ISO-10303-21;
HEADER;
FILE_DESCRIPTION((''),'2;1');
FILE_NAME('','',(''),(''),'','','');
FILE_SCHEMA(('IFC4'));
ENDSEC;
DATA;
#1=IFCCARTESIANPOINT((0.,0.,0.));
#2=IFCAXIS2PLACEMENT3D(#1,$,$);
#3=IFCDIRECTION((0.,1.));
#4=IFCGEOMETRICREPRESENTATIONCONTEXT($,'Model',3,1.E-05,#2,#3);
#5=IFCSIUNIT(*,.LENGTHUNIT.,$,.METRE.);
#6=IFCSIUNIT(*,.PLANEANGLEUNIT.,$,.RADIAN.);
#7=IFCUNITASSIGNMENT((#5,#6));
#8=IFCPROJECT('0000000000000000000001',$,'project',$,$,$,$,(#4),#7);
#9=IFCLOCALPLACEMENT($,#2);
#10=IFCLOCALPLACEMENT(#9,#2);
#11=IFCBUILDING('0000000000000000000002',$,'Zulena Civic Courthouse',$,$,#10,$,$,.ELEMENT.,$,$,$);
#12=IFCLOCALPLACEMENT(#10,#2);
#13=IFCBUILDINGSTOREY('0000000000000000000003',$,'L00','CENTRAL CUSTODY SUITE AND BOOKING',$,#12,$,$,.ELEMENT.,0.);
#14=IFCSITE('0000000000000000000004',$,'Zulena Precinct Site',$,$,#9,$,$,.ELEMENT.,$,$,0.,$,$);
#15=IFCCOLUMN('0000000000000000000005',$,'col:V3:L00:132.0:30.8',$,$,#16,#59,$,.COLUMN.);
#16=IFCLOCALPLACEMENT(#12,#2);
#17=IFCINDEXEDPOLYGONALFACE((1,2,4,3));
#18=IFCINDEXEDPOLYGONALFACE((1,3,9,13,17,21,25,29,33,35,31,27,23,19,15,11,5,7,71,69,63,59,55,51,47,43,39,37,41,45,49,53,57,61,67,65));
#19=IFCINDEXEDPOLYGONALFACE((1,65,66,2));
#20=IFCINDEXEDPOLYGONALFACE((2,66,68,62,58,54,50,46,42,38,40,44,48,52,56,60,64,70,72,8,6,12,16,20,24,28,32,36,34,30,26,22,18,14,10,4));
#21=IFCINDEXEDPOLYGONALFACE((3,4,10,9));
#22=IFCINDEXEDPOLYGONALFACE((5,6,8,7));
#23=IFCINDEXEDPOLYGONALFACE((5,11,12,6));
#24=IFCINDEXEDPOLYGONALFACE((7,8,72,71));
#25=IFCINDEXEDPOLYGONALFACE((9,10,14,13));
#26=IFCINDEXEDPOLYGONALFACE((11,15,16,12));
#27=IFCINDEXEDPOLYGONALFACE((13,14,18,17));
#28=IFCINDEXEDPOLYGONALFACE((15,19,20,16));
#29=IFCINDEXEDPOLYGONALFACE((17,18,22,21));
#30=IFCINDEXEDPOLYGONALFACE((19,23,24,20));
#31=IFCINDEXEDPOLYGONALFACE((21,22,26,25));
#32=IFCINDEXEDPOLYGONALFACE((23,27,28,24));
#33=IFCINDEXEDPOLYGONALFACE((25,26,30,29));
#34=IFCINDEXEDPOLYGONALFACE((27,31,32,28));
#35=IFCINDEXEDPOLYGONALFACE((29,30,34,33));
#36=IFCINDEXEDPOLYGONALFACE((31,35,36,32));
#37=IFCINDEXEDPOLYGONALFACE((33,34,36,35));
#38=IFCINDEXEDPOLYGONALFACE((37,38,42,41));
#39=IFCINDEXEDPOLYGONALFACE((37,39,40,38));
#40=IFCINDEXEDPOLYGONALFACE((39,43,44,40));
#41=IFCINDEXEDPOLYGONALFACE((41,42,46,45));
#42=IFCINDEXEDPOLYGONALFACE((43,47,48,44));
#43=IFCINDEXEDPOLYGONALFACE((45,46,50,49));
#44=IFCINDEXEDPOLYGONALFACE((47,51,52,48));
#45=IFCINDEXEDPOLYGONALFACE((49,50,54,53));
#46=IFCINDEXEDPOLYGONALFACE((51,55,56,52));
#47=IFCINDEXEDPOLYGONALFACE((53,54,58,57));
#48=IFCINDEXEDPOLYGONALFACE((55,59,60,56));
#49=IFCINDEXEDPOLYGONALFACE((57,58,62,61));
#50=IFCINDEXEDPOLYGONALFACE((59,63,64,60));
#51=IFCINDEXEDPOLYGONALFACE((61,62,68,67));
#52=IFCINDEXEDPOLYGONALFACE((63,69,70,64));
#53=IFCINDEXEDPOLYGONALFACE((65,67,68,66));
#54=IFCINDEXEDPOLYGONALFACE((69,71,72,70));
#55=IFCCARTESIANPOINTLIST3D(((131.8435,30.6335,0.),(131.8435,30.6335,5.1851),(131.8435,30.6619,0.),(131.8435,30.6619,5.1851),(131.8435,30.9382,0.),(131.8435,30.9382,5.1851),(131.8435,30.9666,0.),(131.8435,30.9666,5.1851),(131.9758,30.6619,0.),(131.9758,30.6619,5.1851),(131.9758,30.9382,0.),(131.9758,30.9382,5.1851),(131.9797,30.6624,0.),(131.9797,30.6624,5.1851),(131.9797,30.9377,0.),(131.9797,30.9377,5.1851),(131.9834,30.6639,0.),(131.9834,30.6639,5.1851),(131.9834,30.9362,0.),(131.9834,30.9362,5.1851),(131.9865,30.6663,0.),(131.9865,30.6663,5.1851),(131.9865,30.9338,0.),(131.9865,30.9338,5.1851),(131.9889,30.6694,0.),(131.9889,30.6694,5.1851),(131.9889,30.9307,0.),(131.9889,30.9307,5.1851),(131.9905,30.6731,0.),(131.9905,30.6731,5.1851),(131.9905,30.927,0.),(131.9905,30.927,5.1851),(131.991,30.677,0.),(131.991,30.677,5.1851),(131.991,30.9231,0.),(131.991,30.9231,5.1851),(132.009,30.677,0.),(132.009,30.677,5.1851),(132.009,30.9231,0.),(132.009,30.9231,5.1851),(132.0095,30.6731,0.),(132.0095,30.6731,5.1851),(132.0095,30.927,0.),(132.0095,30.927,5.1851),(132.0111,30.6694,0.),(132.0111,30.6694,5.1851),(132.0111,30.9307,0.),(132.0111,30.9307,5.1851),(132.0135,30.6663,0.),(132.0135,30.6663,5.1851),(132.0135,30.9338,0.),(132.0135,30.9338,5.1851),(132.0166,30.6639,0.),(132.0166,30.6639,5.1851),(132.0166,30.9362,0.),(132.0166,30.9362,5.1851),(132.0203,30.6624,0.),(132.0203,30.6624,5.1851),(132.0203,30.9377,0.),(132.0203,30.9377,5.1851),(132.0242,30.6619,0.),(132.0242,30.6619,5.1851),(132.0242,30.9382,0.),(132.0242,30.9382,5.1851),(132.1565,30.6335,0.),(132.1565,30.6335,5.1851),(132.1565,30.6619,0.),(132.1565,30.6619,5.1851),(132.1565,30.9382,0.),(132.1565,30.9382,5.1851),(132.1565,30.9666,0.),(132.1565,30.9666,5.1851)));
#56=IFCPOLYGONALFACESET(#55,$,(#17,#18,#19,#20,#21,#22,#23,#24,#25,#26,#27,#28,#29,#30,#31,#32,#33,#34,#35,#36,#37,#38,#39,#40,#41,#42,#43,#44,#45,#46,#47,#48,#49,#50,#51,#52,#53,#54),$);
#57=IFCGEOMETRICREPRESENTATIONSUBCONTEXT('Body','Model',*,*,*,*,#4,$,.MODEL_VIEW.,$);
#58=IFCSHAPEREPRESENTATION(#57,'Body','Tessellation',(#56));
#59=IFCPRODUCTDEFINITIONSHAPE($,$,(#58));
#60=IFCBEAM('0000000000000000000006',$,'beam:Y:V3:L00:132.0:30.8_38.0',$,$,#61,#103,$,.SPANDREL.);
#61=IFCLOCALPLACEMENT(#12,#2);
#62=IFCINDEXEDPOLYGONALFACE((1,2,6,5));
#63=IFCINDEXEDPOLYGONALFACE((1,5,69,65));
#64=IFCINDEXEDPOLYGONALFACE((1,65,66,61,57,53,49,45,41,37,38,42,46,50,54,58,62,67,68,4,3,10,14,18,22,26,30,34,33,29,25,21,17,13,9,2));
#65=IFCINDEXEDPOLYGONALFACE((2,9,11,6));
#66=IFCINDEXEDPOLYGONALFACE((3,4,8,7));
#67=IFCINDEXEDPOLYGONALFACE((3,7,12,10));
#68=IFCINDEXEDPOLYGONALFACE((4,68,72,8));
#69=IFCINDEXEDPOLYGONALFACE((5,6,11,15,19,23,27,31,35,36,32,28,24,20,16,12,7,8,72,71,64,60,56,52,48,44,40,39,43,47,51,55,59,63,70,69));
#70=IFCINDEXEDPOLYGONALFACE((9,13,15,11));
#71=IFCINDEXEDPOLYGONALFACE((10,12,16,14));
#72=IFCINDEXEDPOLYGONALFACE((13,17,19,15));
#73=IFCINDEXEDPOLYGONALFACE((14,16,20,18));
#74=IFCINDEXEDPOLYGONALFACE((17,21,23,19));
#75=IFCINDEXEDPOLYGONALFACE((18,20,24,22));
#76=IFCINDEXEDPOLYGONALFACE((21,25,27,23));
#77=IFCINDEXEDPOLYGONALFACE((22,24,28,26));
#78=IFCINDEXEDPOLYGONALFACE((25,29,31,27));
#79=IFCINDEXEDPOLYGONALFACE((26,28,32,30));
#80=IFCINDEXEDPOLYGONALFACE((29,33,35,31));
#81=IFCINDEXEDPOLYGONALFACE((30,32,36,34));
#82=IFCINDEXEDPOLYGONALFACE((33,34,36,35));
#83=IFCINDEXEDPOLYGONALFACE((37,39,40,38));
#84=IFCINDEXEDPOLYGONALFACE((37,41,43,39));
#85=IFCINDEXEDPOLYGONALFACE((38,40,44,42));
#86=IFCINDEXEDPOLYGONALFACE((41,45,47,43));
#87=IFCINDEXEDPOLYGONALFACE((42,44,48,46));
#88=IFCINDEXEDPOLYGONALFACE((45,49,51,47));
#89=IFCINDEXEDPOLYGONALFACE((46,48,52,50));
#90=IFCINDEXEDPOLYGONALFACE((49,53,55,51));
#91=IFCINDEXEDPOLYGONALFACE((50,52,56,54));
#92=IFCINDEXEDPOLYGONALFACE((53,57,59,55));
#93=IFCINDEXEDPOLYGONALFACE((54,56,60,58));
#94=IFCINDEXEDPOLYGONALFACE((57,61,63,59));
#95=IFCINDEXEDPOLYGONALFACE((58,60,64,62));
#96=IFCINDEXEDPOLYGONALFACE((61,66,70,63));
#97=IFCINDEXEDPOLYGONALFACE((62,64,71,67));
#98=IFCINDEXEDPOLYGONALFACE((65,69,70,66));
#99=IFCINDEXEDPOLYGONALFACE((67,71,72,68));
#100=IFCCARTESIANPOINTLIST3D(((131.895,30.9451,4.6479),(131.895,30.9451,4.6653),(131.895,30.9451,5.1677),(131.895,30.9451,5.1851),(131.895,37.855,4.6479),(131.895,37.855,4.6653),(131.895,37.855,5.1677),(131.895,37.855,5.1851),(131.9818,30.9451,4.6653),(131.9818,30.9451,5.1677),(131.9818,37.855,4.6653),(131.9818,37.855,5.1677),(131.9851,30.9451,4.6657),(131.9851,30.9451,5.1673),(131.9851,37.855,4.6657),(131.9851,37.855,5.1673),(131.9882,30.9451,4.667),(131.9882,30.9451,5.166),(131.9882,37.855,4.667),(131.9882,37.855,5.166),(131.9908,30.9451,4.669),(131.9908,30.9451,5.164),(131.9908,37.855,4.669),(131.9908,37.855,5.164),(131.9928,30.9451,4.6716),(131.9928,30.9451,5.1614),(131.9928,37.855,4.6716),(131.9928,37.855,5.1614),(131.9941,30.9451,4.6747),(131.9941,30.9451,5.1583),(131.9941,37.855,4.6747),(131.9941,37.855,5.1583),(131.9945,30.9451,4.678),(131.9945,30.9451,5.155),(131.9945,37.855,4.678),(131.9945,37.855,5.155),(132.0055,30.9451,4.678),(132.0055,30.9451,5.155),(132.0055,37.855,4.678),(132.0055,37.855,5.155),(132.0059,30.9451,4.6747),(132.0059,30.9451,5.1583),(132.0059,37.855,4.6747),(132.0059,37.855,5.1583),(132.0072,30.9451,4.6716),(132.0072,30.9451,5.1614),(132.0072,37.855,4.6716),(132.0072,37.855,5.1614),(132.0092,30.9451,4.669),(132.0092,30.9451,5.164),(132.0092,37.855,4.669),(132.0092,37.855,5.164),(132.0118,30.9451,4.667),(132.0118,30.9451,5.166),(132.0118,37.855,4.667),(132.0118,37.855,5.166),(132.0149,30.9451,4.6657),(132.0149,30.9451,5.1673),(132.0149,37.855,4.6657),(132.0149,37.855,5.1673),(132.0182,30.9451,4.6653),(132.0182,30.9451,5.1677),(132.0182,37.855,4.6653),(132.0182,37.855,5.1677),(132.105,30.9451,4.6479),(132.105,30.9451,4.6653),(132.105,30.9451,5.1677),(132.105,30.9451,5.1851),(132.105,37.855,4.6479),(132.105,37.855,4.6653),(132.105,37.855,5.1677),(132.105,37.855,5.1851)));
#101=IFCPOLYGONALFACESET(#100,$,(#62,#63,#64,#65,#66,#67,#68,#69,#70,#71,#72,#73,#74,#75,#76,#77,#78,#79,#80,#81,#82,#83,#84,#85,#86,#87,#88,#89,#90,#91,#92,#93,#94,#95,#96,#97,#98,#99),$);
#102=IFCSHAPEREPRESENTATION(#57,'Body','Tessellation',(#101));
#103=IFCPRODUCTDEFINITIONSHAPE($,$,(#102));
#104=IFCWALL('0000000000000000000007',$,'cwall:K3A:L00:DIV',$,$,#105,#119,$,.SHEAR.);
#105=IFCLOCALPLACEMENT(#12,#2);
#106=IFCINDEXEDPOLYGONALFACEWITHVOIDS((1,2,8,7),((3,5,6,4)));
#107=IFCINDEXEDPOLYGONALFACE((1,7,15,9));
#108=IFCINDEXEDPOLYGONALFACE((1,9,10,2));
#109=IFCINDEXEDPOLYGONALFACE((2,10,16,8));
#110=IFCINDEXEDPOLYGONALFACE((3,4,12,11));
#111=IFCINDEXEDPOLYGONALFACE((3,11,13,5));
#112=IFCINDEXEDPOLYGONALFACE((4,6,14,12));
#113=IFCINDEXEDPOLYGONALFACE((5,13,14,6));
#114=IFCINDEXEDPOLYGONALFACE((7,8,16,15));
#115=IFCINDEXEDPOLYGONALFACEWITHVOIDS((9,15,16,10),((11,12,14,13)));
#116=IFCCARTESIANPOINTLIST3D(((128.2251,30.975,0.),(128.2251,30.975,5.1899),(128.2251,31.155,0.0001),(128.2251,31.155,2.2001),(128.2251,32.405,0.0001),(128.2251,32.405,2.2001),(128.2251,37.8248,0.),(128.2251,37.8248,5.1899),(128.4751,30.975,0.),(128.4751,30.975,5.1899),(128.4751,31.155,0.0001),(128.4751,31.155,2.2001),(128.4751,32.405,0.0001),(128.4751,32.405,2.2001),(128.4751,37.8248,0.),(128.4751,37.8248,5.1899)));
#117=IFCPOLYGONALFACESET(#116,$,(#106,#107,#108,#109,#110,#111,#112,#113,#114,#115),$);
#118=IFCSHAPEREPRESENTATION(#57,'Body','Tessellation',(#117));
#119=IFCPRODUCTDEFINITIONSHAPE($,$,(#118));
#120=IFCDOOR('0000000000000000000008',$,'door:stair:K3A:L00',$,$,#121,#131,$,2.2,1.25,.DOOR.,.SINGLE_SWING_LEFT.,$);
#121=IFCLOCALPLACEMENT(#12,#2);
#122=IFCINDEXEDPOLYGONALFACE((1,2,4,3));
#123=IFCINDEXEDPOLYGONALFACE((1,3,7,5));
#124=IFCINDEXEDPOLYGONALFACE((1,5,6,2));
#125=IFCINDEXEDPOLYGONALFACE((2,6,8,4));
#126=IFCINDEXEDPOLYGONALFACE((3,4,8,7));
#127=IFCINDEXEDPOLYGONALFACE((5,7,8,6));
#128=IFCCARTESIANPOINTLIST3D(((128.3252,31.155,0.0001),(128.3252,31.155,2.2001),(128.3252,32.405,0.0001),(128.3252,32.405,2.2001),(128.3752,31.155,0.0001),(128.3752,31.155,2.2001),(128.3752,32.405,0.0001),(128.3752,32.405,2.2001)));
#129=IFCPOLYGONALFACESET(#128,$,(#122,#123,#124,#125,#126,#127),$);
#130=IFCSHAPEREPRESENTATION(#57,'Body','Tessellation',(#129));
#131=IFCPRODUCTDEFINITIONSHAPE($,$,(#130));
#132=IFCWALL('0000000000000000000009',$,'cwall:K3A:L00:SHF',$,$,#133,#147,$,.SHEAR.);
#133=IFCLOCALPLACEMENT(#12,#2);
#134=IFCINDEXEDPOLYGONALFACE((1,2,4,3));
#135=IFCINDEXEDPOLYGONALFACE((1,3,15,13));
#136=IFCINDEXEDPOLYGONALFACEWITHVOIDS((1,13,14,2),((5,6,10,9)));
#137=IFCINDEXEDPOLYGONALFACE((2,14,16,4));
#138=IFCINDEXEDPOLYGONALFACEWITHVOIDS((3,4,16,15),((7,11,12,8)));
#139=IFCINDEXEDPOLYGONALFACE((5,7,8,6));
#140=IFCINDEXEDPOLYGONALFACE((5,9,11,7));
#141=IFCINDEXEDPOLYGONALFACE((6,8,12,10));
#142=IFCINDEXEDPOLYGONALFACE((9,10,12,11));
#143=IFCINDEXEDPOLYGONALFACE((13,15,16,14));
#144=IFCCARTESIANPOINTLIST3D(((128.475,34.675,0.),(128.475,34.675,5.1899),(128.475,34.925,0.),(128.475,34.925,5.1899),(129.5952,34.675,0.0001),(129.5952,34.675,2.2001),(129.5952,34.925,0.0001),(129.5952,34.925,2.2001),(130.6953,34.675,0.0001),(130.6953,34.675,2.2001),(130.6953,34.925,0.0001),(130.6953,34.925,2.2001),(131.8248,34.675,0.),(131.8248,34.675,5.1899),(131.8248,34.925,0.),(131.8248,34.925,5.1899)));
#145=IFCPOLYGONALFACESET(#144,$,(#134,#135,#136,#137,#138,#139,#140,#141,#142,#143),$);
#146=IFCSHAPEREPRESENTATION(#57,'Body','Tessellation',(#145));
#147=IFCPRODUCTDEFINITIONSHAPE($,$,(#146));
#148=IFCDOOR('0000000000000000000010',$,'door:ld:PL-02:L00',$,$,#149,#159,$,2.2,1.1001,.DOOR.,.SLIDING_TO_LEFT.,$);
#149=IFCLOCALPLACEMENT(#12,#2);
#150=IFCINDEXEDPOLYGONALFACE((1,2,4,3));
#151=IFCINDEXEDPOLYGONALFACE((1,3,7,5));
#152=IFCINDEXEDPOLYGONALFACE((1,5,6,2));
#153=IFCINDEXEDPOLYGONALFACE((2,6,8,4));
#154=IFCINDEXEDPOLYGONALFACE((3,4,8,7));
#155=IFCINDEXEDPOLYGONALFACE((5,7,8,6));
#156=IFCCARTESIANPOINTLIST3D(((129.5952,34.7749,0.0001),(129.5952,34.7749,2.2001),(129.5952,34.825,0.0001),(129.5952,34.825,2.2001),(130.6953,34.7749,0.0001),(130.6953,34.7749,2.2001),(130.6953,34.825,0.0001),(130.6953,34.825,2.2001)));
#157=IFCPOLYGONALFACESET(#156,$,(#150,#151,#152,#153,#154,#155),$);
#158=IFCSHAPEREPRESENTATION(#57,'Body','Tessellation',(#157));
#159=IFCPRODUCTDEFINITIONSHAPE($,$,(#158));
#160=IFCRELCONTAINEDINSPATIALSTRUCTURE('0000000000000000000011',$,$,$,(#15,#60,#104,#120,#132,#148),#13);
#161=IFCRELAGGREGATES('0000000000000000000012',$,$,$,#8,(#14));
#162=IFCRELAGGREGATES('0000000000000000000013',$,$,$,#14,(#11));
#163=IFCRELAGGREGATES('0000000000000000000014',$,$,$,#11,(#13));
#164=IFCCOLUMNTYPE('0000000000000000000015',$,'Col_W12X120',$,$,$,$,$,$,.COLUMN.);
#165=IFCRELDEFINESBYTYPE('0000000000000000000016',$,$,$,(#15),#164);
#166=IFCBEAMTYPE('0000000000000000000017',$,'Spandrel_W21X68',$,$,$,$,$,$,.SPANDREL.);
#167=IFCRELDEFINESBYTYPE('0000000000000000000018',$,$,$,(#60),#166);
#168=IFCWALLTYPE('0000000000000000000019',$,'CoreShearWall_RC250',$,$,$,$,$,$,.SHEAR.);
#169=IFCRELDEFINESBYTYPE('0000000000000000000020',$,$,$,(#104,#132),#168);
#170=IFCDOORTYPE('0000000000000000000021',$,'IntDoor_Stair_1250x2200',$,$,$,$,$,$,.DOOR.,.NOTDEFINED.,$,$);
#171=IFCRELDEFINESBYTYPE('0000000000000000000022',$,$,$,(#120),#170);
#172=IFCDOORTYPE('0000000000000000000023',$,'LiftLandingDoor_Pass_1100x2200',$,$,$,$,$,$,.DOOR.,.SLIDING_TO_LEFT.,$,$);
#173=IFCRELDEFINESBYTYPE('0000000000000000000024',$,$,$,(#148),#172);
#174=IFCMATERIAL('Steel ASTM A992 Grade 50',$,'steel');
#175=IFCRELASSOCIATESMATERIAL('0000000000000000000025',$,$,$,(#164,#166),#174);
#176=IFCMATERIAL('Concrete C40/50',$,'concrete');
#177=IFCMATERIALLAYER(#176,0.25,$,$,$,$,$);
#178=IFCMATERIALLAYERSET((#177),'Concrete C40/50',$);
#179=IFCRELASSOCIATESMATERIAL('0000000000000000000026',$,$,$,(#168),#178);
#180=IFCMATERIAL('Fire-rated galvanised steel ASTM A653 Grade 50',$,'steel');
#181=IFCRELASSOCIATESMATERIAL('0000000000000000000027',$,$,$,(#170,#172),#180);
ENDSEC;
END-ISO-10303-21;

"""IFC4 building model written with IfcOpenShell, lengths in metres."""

from ifc_helpers import new_model, si_unit, direction, frame, frame_2d, origin, origin_2d, place, context, subcontext, project, spatial, rectangle, i_section, extrude, material, layer, layer_set, material_profile, profile_set, type_object, element, fill, save


model = new_model("IFC4")

# Units and contexts
model_context = context("Model", 3, precision=1e-05, world=origin(), true_north=direction((0.0, 1.0)))
body_context = subcontext(model_context, "Body", "Model", "MODEL_VIEW")
ifc_project = project(units=[si_unit("LENGTHUNIT", "METRE"), si_unit("PLANEANGLEUNIT", "RADIAN")], contexts=[model_context])

# Site, building, storey
site_placement = place(None, origin())
site = spatial("IfcSite", under=ifc_project, at=site_placement, Name="Zulena Precinct Site", CompositionType="ELEMENT", RefElevation=0.0)
building_placement = place(site_placement, origin())
building = spatial("IfcBuilding", under=site, at=building_placement, Name="Zulena Civic Courthouse", CompositionType="ELEMENT")
storey_placement = place(building_placement, origin())
storey = spatial("IfcBuildingStorey", under=building, at=storey_placement, Name="L00", Description="CENTRAL CUSTODY SUITE AND BOOKING", CompositionType="ELEMENT", Elevation=0.0)

# Shared definitions
ifc_material_1 = material(Name="Concrete C40/50", Category="concrete")

# Column
ifc_material_2 = material(Name="Steel ASTM A992 Grade 50", Category="steel")
ifc_material_profile_1 = material_profile(ifc_material_2, i_section(OverallWidth=0.313, OverallDepth=0.333, WebThickness=0.0181, FlangeThickness=0.0283, FilletRadius=0.0151, at=origin_2d()), Name="W12X120")
ifc_profile_set_1 = profile_set([ifc_material_profile_1], Name="Steel ASTM A992 Grade 50")
column_type = type_object("IfcColumnType", Name="Col_W12X120", PredefinedType="COLUMN", material=ifc_profile_set_1)
for number, where, z_axis, x_axis, name in (
    (1, (132.0, 30.8, 0.0), (0.0, 0.0, 1.0), (1.0, 0.0, 0.0), "col:V3:L00:132.0:30.8"),
):
    element("IfcColumn", number, at=place(storey_placement, frame(where, z_axis=z_axis, x_axis=x_axis)), inside=storey, type_object=column_type, Name=name, PredefinedType="COLUMN", context=body_context, shape_type="SweptSolid", body=[
        extrude(i_section(OverallWidth=0.313, OverallDepth=0.333, WebThickness=0.0181, FlangeThickness=0.0283, FilletRadius=0.0151, at=origin_2d()), origin(), (0.0, 0.0, 1.0), 5.1851),
    ])

# Beam
ifc_material_profile_2 = material_profile(ifc_material_2, i_section(OverallWidth=0.21, OverallDepth=0.5371, WebThickness=0.011, FlangeThickness=0.0173, FilletRadius=0.0127, at=origin_2d()), Name="W21X68")
ifc_profile_set_2 = profile_set([ifc_material_profile_2], Name="Steel ASTM A992 Grade 50")
beam_type = type_object("IfcBeamType", Name="Spandrel_W21X68", PredefinedType="SPANDREL", material=ifc_profile_set_2)
beam_placement = place(storey_placement, frame((132.0, 30.9451, 4.9165), z_axis=(0.0, 1.0, 0.0), x_axis=(-1.0, 0.0, 0.0)))
element("IfcBeam", 2, at=beam_placement, inside=storey, type_object=beam_type, Name="beam:Y:V3:L00:132.0:30.8_38.0", PredefinedType="SPANDREL", context=body_context, shape_type="SweptSolid", body=[
    extrude(i_section(OverallWidth=0.21, OverallDepth=0.5371, WebThickness=0.011, FlangeThickness=0.0173, FilletRadius=0.0127, at=origin_2d()), origin(), (0.0, 0.0, 1.0), 6.9099),
])

# Walls, openings, doors
ifc_layer_1 = layer(ifc_material_1, 0.25)
ifc_layer_set_1 = layer_set([ifc_layer_1], Name="Concrete C40/50")
wall_type_1 = type_object("IfcWallType", Name="CoreShearWall_RC250", PredefinedType="SHEAR", material=ifc_layer_set_1)
wall_1_placement = place(storey_placement, frame((128.3501, 30.9751, 0.0), z_axis=(0.0, 0.0, 1.0), x_axis=(0.0, 1.0, 0.0)))
wall_1 = element("IfcWall", 3, at=wall_1_placement, inside=storey, type_object=wall_type_1, Name="cwall:K3A:L00:DIV", PredefinedType="SHEAR", context=body_context, shape_type="SweptSolid", body=[
    extrude(rectangle(XDim=6.8499, YDim=0.25, at=frame_2d((3.4248, 0.0))), origin(), (0.0, 0.0, 1.0), 5.1899),
])
opening_1_placement = place(wall_1_placement, frame((0.1799, 0.0, 0.0)))
opening_1 = element("IfcOpeningElement", 4, at=opening_1_placement, cuts=wall_1, PredefinedType="OPENING", context=body_context, shape_type="SweptSolid", body=[
    extrude(rectangle(XDim=1.25, YDim=2.2, at=frame_2d((0.625, 1.1001))), frame((0.0, 0.135, 0.0), z_axis=(0.0, -1.0, 0.0), x_axis=(1.0, 0.0, 0.0)), (0.0, 0.0, 1.0), 0.27),
])
ifc_material_3 = material(Name="Fire-rated galvanised steel ASTM A653 Grade 50", Category="steel")
door_type_1 = type_object("IfcDoorType", Name="IntDoor_Stair_1250x2200", OperationType="NOTDEFINED", PredefinedType="DOOR", material=ifc_material_3)
door_1_placement = place(opening_1_placement, origin())
door_1 = element("IfcDoor", 5, at=door_1_placement, inside=storey, type_object=door_type_1, Name="door:stair:K3A:L00", OperationType="SINGLE_SWING_LEFT", OverallHeight=2.2, OverallWidth=1.25, PredefinedType="DOOR", context=body_context, shape_type="SweptSolid", body=[
    extrude(rectangle(XDim=1.25, YDim=2.2, at=frame_2d((0.625, 1.1001))), frame((0.0, 0.0249, 0.0), z_axis=(0.0, -1.0, 0.0), x_axis=(1.0, 0.0, 0.0)), (0.0, 0.0, 1.0), 0.05),
])
fill(opening_1, door_1)
wall_2_placement = place(storey_placement, frame((128.4751, 34.8, 0.0), z_axis=(0.0, 0.0, 1.0), x_axis=(1.0, 0.0, 0.0)))
wall_2 = element("IfcWall", 6, at=wall_2_placement, inside=storey, type_object=wall_type_1, Name="cwall:K3A:L00:SHF", PredefinedType="SHEAR", context=body_context, shape_type="SweptSolid", body=[
    extrude(rectangle(XDim=3.3499, YDim=0.25, at=frame_2d((1.6748, 0.0))), origin(), (0.0, 0.0, 1.0), 5.1899),
])
opening_2_placement = place(wall_2_placement, frame((1.1201, 0.0, 0.0)))
opening_2 = element("IfcOpeningElement", 7, at=opening_2_placement, cuts=wall_2, PredefinedType="OPENING", context=body_context, shape_type="SweptSolid", body=[
    extrude(rectangle(XDim=1.1001, YDim=2.2, at=frame_2d((0.55, 1.1001))), frame((0.0, 0.135, 0.0), z_axis=(0.0, -1.0, 0.0), x_axis=(1.0, 0.0, 0.0)), (0.0, 0.0, 1.0), 0.27),
])
door_type_2 = type_object("IfcDoorType", Name="LiftLandingDoor_Pass_1100x2200", OperationType="SLIDING_TO_LEFT", PredefinedType="DOOR", material=ifc_material_3)
door_2_placement = place(opening_2_placement, origin())
door_2 = element("IfcDoor", 8, at=door_2_placement, inside=storey, type_object=door_type_2, Name="door:ld:PL-02:L00", OperationType="SLIDING_TO_LEFT", OverallHeight=2.2, OverallWidth=1.1001, PredefinedType="DOOR", context=body_context, shape_type="SweptSolid", body=[
    extrude(rectangle(XDim=1.1001, YDim=2.2, at=frame_2d((0.55, 1.1001))), frame((0.0, 0.0249, 0.0), z_axis=(0.0, -1.0, 0.0), x_axis=(1.0, 0.0, 0.0)), (0.0, 0.0, 1.0), 0.05),
])
fill(opening_2, door_2)

save(model, "model.ifc")
